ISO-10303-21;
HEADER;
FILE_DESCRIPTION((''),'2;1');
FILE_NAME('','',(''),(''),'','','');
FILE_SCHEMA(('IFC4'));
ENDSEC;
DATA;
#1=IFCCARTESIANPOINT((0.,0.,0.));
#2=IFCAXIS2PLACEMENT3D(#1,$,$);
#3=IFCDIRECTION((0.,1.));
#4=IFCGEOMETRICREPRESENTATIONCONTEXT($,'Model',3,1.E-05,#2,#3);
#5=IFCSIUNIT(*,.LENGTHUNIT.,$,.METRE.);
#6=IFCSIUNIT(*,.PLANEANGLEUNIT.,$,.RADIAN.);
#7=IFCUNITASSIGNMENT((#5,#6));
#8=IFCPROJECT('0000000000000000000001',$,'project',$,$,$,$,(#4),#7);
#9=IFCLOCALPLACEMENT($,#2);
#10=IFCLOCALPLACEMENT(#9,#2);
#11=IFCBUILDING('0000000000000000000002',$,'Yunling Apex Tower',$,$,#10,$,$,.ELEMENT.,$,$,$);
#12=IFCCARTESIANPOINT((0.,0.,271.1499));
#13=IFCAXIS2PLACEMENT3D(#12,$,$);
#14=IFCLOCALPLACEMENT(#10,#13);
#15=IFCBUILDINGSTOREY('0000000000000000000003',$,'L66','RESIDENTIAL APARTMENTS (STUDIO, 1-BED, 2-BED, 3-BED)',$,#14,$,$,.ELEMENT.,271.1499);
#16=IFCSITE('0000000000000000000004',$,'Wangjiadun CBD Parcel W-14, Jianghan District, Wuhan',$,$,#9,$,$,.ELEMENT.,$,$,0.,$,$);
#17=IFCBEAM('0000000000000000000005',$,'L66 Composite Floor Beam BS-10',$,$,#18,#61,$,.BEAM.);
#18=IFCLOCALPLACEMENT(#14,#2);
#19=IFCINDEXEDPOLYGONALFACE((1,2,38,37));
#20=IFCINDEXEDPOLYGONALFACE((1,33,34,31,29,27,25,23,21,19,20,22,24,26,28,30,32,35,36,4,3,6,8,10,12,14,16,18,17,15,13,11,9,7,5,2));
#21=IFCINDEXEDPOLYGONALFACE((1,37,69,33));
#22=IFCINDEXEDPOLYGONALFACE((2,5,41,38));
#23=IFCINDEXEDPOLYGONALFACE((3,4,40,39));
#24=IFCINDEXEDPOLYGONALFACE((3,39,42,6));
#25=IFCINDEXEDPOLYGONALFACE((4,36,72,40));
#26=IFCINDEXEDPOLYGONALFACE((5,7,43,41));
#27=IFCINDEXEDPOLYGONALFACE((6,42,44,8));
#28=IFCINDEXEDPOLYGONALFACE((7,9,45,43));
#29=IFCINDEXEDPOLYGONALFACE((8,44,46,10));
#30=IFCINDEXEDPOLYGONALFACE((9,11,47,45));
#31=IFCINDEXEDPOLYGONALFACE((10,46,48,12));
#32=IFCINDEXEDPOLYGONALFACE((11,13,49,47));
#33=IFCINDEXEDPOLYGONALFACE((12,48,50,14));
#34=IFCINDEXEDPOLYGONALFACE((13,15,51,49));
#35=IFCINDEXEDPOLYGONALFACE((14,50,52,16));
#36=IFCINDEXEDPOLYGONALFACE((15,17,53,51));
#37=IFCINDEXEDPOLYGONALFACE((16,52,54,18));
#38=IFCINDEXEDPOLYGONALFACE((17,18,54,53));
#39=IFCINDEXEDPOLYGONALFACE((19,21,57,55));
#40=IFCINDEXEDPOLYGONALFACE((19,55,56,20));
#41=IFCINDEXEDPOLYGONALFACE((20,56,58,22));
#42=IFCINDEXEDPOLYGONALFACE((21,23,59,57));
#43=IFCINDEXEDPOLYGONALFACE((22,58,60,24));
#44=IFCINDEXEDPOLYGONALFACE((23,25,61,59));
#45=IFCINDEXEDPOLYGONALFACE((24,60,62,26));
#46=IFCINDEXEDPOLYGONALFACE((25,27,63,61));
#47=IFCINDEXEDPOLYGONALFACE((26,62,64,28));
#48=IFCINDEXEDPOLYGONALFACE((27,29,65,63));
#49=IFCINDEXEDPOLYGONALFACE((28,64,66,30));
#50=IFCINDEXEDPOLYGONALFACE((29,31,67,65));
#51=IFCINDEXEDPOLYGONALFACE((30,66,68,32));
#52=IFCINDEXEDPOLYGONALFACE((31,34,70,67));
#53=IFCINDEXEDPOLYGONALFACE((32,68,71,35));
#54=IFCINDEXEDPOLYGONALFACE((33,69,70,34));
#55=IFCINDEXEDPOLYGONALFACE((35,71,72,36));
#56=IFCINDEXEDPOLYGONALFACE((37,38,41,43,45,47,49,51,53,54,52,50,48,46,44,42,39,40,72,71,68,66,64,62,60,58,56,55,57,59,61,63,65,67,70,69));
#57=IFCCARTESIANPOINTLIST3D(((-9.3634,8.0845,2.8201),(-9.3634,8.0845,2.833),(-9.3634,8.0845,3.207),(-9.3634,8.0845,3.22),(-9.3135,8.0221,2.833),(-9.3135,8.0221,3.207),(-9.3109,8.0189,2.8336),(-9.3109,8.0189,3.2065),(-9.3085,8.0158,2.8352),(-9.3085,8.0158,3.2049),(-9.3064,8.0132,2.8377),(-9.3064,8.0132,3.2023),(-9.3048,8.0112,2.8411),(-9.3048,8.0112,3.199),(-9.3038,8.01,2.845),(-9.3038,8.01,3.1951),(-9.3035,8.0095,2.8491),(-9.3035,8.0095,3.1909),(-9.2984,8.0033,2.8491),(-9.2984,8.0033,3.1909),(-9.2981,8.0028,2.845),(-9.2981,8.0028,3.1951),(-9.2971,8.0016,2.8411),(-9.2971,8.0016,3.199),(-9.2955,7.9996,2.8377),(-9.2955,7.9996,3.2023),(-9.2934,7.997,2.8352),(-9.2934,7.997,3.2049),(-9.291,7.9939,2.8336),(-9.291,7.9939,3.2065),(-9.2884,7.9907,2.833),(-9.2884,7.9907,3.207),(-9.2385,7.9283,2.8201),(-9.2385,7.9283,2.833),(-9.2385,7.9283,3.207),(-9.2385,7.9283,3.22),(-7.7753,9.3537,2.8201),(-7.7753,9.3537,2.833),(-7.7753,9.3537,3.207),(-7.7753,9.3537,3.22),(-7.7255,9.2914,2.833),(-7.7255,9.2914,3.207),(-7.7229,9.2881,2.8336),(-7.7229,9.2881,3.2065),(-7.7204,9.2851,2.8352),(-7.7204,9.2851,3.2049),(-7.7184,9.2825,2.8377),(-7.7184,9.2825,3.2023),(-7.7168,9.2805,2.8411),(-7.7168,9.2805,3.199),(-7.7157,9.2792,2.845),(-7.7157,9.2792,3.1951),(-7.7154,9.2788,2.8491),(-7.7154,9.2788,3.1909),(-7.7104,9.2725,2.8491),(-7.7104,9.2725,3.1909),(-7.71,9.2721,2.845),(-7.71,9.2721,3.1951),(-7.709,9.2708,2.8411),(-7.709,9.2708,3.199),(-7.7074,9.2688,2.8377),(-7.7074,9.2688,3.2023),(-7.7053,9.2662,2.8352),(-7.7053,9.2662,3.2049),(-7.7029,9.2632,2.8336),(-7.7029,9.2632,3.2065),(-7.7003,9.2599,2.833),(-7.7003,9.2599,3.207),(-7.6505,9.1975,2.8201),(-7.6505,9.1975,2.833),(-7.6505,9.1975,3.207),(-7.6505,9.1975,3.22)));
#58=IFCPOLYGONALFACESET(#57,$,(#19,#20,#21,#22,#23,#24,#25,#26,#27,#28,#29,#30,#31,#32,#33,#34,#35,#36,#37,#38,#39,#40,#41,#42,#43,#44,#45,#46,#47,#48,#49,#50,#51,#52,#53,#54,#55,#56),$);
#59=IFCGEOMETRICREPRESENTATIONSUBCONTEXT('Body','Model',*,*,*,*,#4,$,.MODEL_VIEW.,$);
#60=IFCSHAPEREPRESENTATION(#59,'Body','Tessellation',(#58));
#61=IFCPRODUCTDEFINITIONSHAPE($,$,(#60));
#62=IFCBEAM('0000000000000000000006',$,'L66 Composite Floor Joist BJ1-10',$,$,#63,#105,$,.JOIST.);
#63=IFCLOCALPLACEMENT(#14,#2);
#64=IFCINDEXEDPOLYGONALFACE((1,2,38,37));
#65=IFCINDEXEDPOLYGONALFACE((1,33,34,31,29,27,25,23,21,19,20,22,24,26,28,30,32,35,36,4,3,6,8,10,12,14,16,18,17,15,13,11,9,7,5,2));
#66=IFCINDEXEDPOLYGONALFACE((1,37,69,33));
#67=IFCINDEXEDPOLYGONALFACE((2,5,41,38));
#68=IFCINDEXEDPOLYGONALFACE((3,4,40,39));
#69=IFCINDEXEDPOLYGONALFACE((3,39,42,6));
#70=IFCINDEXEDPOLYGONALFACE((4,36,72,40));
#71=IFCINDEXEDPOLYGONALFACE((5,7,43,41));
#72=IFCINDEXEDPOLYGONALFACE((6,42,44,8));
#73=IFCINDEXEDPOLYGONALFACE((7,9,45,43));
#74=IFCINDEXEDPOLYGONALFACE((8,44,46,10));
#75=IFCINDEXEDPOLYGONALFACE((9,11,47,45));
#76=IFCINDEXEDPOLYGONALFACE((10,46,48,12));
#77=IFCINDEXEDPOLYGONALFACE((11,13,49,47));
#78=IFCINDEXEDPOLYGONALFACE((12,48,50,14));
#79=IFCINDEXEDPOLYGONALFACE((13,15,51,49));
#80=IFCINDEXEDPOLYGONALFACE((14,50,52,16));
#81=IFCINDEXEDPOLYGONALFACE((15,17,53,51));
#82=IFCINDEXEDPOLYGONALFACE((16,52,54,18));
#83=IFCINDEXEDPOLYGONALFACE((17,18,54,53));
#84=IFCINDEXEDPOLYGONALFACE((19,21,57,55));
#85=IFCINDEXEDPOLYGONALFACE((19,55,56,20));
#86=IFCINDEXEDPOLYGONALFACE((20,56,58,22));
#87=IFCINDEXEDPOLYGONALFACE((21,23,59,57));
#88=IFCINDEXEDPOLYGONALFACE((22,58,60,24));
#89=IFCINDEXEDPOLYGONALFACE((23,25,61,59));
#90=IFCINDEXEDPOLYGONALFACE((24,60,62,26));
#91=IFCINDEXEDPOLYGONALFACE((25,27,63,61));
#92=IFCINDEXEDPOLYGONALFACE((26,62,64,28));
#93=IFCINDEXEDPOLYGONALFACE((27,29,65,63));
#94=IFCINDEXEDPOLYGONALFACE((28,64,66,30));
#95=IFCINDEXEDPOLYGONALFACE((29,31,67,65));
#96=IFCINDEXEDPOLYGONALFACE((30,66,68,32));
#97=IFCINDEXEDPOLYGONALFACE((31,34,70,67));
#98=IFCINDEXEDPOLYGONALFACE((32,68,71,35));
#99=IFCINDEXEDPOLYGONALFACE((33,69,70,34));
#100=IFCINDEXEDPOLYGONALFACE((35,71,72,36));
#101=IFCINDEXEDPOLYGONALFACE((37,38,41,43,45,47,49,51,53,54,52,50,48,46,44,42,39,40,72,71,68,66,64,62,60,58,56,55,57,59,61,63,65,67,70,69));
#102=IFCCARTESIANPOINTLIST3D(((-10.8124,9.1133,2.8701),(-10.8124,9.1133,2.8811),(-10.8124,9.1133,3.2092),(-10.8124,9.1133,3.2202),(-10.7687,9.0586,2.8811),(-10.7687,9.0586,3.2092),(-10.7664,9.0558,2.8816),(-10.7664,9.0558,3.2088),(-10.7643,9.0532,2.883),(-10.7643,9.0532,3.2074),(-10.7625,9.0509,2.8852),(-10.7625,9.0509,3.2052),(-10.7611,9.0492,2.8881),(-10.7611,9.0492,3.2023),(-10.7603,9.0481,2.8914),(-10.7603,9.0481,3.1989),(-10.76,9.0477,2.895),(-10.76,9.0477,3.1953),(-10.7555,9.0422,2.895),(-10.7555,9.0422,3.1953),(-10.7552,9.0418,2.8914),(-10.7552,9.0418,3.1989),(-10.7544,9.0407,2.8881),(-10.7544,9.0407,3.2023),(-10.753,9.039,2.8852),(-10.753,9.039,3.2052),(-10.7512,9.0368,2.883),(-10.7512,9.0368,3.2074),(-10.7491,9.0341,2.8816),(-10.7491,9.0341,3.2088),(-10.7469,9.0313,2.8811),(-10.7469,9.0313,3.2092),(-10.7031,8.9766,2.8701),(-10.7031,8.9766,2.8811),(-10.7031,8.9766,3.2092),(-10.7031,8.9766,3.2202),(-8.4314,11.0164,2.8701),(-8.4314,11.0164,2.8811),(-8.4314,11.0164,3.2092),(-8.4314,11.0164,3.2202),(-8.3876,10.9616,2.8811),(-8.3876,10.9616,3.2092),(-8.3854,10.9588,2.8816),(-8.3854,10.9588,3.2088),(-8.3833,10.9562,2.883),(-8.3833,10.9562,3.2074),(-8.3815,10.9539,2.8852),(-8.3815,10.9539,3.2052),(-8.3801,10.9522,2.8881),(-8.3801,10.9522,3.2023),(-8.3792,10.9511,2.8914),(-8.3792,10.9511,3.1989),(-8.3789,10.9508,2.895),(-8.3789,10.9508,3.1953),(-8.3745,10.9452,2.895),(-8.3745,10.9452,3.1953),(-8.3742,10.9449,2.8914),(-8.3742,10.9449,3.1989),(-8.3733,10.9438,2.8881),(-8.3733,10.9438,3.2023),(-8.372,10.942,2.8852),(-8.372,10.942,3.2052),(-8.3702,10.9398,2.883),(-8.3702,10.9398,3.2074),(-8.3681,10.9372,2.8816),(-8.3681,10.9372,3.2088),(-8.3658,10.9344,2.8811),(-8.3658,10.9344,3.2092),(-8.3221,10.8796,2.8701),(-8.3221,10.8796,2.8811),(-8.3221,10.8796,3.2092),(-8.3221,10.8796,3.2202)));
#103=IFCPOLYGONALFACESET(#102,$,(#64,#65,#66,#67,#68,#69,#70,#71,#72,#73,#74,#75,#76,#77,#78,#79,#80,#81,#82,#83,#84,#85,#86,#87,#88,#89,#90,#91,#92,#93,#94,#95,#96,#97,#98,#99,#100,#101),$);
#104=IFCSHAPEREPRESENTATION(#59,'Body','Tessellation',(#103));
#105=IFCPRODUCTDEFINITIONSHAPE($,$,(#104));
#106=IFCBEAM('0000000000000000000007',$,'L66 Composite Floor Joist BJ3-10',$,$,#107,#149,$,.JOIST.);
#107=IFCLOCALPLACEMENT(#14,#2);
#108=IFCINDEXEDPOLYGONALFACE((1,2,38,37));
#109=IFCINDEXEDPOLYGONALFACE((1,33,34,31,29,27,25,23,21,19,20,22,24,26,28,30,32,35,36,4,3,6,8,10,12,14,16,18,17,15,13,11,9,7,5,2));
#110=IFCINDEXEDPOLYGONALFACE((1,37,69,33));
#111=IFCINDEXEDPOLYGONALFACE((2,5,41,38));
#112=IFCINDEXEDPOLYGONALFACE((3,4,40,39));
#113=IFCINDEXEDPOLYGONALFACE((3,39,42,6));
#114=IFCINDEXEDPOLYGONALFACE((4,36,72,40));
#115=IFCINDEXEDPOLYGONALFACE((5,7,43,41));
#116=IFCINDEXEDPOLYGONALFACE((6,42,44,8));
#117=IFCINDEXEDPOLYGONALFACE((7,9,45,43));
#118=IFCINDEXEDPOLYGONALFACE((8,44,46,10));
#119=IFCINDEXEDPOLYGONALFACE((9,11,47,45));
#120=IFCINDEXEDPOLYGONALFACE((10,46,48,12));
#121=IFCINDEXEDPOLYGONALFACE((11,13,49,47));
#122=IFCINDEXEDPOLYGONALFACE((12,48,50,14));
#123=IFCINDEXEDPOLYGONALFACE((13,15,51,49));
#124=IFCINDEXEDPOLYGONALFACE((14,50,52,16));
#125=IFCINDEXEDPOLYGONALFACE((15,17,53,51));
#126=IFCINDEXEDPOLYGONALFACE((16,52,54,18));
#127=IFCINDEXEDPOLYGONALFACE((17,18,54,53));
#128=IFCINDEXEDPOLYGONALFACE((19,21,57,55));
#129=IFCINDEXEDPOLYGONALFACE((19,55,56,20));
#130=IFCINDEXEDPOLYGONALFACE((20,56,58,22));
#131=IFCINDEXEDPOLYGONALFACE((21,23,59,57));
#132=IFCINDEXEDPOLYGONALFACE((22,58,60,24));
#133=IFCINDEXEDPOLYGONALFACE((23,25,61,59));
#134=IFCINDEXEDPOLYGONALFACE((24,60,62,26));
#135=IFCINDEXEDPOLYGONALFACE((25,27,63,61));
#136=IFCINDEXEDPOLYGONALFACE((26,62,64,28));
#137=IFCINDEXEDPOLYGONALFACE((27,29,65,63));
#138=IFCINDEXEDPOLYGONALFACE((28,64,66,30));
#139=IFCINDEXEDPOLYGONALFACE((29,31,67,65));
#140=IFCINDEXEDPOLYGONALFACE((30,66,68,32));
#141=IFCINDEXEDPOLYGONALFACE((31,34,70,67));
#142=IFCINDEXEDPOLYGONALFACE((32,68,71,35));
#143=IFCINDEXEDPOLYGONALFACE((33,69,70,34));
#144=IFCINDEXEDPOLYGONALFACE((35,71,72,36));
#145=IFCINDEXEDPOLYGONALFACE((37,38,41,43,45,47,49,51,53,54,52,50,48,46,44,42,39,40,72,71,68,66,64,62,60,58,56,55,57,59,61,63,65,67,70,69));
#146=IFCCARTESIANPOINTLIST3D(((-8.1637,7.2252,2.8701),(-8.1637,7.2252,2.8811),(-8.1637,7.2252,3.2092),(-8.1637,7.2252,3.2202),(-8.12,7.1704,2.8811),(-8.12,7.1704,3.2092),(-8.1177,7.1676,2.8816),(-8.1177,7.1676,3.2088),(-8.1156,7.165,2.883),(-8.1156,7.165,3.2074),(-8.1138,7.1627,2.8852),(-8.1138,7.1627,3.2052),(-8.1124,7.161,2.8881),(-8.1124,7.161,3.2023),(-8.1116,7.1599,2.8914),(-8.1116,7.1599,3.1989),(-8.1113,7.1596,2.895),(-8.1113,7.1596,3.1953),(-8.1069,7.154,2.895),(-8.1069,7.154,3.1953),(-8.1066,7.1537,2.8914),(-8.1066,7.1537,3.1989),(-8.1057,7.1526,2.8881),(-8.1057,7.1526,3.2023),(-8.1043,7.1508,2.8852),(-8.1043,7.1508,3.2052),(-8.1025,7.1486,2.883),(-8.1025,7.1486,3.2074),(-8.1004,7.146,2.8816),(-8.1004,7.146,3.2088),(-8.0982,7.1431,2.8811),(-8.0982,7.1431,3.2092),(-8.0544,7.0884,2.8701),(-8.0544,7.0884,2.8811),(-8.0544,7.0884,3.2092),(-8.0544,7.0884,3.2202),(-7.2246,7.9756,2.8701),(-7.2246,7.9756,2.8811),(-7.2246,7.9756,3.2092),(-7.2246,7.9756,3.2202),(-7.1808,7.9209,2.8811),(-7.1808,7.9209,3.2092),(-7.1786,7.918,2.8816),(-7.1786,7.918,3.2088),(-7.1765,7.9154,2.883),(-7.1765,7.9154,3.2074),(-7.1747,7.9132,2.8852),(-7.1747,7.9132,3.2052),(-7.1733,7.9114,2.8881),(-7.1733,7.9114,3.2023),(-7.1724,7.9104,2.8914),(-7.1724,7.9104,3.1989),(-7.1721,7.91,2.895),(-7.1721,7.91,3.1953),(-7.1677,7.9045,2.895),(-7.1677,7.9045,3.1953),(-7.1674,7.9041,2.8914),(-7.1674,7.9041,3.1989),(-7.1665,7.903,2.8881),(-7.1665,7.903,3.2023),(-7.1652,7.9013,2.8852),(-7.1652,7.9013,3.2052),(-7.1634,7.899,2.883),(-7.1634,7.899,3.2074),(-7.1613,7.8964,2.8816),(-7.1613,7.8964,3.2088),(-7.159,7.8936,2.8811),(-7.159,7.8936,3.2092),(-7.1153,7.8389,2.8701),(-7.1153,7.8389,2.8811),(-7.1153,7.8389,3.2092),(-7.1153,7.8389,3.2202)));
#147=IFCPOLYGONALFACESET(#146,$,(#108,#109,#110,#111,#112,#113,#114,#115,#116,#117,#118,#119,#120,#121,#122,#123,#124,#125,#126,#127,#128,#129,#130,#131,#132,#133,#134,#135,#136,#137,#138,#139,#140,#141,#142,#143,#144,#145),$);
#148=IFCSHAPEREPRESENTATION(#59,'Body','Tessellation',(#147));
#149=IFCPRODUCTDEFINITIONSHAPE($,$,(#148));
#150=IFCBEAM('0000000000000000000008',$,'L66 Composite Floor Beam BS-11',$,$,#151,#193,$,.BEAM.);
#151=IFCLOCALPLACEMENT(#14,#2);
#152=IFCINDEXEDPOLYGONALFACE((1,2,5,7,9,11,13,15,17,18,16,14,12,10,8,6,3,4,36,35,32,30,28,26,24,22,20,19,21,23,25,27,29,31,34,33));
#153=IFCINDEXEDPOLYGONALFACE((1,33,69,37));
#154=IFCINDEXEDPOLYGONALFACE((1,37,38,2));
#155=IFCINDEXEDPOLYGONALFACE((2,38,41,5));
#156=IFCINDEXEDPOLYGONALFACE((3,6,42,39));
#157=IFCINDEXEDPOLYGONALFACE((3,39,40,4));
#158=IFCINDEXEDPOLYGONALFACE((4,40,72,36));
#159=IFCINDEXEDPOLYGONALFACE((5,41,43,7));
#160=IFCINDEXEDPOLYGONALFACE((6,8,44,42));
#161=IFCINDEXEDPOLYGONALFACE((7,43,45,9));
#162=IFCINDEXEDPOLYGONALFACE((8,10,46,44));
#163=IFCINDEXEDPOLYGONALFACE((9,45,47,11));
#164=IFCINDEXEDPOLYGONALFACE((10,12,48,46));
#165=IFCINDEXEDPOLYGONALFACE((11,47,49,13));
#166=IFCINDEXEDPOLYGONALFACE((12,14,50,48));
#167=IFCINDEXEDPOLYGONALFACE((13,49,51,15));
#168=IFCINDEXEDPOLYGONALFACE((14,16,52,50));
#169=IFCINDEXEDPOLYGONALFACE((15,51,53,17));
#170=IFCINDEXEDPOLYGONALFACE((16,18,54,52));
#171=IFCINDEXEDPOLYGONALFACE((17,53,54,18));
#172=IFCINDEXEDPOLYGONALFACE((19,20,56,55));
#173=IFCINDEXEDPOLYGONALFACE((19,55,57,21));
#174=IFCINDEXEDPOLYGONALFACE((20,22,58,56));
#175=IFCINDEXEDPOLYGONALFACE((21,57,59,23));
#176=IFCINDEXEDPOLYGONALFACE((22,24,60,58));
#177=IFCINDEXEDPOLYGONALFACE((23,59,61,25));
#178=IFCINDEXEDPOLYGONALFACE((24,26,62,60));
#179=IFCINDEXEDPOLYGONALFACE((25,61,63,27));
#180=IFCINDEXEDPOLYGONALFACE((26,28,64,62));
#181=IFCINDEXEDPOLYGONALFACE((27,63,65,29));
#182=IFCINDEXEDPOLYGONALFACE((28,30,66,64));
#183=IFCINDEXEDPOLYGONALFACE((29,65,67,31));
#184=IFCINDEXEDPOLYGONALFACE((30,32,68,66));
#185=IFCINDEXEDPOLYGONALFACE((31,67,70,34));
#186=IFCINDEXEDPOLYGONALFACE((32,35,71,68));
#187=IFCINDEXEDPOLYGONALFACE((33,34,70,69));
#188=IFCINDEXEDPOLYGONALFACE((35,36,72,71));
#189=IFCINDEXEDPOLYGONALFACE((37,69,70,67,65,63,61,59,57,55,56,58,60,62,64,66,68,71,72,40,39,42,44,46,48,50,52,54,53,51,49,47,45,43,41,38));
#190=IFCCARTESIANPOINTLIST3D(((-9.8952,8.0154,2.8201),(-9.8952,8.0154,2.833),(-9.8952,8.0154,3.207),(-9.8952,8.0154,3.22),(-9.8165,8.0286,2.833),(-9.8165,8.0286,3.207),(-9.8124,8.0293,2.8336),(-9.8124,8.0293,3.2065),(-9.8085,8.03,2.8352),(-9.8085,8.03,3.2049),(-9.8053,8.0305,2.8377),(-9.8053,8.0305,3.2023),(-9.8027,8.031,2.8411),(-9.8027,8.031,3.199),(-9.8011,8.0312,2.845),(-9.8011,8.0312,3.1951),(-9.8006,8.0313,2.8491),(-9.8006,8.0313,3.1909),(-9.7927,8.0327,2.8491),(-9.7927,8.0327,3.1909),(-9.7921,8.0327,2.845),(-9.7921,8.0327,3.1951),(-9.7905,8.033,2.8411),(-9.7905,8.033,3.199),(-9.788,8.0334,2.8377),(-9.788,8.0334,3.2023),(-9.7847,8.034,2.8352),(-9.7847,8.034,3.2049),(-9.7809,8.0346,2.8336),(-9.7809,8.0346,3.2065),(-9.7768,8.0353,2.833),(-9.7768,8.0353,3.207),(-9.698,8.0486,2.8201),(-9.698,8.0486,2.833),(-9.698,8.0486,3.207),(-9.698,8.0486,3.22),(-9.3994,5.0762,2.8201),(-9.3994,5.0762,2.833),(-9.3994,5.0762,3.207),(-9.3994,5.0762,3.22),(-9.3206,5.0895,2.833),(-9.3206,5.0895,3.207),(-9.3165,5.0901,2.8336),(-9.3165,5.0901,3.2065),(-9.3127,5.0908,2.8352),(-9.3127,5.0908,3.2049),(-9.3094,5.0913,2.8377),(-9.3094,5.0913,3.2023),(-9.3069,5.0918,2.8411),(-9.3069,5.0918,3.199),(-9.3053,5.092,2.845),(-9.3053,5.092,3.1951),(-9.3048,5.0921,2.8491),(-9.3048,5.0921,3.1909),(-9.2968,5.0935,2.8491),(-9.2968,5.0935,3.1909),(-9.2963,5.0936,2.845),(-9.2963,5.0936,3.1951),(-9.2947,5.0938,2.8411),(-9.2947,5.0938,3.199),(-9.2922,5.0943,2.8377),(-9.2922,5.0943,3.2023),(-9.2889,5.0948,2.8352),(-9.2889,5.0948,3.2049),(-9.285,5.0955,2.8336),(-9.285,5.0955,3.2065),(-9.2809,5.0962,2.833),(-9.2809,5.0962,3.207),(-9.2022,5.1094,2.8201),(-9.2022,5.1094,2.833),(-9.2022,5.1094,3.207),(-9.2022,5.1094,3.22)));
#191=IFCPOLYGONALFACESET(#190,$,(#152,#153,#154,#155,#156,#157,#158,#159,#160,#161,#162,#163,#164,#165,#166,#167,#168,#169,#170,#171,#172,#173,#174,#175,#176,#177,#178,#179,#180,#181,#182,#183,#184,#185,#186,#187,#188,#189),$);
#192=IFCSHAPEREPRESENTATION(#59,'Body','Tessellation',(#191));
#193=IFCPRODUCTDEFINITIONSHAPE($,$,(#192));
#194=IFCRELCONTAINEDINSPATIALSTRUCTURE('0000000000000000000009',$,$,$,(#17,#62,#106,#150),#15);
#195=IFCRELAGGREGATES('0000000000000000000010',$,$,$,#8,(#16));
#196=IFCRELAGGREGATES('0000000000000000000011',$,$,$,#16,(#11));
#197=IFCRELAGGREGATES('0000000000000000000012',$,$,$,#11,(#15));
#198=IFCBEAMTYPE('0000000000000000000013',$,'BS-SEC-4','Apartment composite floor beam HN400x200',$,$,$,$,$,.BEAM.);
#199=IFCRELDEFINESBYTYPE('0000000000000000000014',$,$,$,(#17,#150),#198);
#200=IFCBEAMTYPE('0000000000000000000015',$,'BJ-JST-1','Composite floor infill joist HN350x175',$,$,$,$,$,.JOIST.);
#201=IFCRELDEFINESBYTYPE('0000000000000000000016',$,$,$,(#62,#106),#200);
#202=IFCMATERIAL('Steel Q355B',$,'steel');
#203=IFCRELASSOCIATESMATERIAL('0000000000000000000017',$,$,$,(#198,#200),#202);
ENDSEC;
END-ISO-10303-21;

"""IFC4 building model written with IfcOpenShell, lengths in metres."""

from ifc_helpers import new_model, si_unit, direction, frame, origin, origin_2d, place, context, subcontext, project, spatial, i_section, extrude, source, transform, mapped, material, material_profile, profile_set, type_object, element, save


model = new_model("IFC4")

# Units and contexts
model_context = context("Model", 3, precision=1e-05, world=origin(), true_north=direction((0.0, 1.0)))
body_context = subcontext(model_context, "Body", "Model", "MODEL_VIEW")
ifc_project = project(units=[si_unit("LENGTHUNIT", "METRE"), si_unit("PLANEANGLEUNIT", "RADIAN")], contexts=[model_context])

# Site, building, storey
site_placement = place(None, origin())
site = spatial("IfcSite", under=ifc_project, at=site_placement, Name="Wangjiadun CBD Parcel W-14, Jianghan District, Wuhan", CompositionType="ELEMENT", RefElevation=0.0)
building_placement = place(site_placement, origin())
building = spatial("IfcBuilding", under=site, at=building_placement, Name="Yunling Apex Tower", CompositionType="ELEMENT")
storey_placement = place(building_placement, frame((0.0, 0.0, 271.1499)))
storey = spatial("IfcBuildingStorey", under=building, at=storey_placement, Name="L66", Description="RESIDENTIAL APARTMENTS (STUDIO, 1-BED, 2-BED, 3-BED)", CompositionType="ELEMENT", Elevation=271.1499)

# Shared definitions
ifc_material_1 = material(Name="Steel Q355B", Category="steel")

# Beams
ifc_material_profile_1 = material_profile(ifc_material_1, i_section(OverallWidth=0.2, OverallDepth=0.3999, WebThickness=0.0081, FlangeThickness=0.0129, FilletRadius=0.0161, at=origin_2d()))
ifc_profile_set_1 = profile_set([ifc_material_profile_1], Name="Steel Q355B")
beam_type_1 = type_object("IfcBeamType", Name="BS-SEC-4", Description="Apartment composite floor beam HN400x200", PredefinedType="BEAM", material=ifc_profile_set_1)
ifc_material_profile_2 = material_profile(ifc_material_1, i_section(OverallWidth=0.175, OverallDepth=0.3501, WebThickness=0.0071, FlangeThickness=0.011, FilletRadius=0.0139, at=origin_2d()))
ifc_profile_set_2 = profile_set([ifc_material_profile_2], Name="Steel Q355B")
beam_type_2 = type_object("IfcBeamType", Name="BJ-JST-1", Description="Composite floor infill joist HN350x175", PredefinedType="JOIST", material=ifc_profile_set_2)
shared_shape_1 = source(origin(), body_context, "Body", "SweptSolid", [
    extrude(i_section(OverallWidth=0.2, OverallDepth=0.3999, WebThickness=0.0081, FlangeThickness=0.0129, FilletRadius=0.0161, at=origin_2d()), origin(), (0.0, 0.0, 1.0), 2.033),
])
beam_1_placement = place(storey_placement, frame((-7.7129, 9.2756, 3.02), z_axis=(-0.781162, -0.624329, 0.0), x_axis=(0.624329, -0.781162, 0.0)))
element("IfcBeam", 1, at=beam_1_placement, inside=storey, type_object=beam_type_1, Name="L66 Composite Floor Beam BS-10", PredefinedType="BEAM", context=body_context, shape_type="MappedRepresentation", body=[
    mapped(shared_shape_1, transform((0.0, 0.0, 0.0), scale=1.0)),
])
shared_shape_2 = source(origin(), body_context, "Body", "SweptSolid", [
    extrude(i_section(OverallWidth=0.175, OverallDepth=0.3501, WebThickness=0.0071, FlangeThickness=0.011, FilletRadius=0.0139, at=origin_2d()), origin(), (0.0, 0.0, 1.0), 3.0481),
])
beam_2_placement = place(storey_placement, frame((-8.3767, 10.948, 3.0452), z_axis=(-0.781158, -0.624334, 0.0), x_axis=(0.624334, -0.781158, 0.0)))
element("IfcBeam", 2, at=beam_2_placement, inside=storey, type_object=beam_type_2, Name="L66 Composite Floor Joist BJ1-10", PredefinedType="JOIST", context=body_context, shape_type="MappedRepresentation", body=[
    mapped(shared_shape_2, transform((0.0, 0.0, 0.0), scale=1.0)),
])
shared_shape_3 = source(origin(), body_context, "Body", "SweptSolid", [
    extrude(i_section(OverallWidth=0.175, OverallDepth=0.3501, WebThickness=0.0071, FlangeThickness=0.011, FilletRadius=0.0139, at=origin_2d()), origin(), (0.0, 0.0, 1.0), 1.2021),
])
beam_3_placement = place(storey_placement, frame((-7.1699, 7.9072, 3.0452), z_axis=(-0.781225, -0.624249, 0.0), x_axis=(0.624249, -0.781225, 0.0)))
element("IfcBeam", 3, at=beam_3_placement, inside=storey, type_object=beam_type_2, Name="L66 Composite Floor Joist BJ3-10", PredefinedType="JOIST", context=body_context, shape_type="MappedRepresentation", body=[
    mapped(shared_shape_3, transform((0.0, 0.0, 0.0), scale=1.0)),
])
shared_shape_4 = source(origin(), body_context, "Body", "SweptSolid", [
    extrude(i_section(OverallWidth=0.2, OverallDepth=0.3999, WebThickness=0.0081, FlangeThickness=0.0129, FilletRadius=0.0161, at=origin_2d()), origin(), (0.0, 0.0, 1.0), 2.9807),
])
beam_4_placement = place(storey_placement, frame((-9.7966, 8.032, 3.02), z_axis=(0.166351, -0.986067, 0.0), x_axis=(0.986067, 0.166351, 0.0)))
element("IfcBeam", 4, at=beam_4_placement, inside=storey, type_object=beam_type_1, Name="L66 Composite Floor Beam BS-11", PredefinedType="BEAM", context=body_context, shape_type="MappedRepresentation", body=[
    mapped(shared_shape_4, transform((0.0, 0.0, 0.0), scale=1.0)),
])

save(model, "model.ifc")
